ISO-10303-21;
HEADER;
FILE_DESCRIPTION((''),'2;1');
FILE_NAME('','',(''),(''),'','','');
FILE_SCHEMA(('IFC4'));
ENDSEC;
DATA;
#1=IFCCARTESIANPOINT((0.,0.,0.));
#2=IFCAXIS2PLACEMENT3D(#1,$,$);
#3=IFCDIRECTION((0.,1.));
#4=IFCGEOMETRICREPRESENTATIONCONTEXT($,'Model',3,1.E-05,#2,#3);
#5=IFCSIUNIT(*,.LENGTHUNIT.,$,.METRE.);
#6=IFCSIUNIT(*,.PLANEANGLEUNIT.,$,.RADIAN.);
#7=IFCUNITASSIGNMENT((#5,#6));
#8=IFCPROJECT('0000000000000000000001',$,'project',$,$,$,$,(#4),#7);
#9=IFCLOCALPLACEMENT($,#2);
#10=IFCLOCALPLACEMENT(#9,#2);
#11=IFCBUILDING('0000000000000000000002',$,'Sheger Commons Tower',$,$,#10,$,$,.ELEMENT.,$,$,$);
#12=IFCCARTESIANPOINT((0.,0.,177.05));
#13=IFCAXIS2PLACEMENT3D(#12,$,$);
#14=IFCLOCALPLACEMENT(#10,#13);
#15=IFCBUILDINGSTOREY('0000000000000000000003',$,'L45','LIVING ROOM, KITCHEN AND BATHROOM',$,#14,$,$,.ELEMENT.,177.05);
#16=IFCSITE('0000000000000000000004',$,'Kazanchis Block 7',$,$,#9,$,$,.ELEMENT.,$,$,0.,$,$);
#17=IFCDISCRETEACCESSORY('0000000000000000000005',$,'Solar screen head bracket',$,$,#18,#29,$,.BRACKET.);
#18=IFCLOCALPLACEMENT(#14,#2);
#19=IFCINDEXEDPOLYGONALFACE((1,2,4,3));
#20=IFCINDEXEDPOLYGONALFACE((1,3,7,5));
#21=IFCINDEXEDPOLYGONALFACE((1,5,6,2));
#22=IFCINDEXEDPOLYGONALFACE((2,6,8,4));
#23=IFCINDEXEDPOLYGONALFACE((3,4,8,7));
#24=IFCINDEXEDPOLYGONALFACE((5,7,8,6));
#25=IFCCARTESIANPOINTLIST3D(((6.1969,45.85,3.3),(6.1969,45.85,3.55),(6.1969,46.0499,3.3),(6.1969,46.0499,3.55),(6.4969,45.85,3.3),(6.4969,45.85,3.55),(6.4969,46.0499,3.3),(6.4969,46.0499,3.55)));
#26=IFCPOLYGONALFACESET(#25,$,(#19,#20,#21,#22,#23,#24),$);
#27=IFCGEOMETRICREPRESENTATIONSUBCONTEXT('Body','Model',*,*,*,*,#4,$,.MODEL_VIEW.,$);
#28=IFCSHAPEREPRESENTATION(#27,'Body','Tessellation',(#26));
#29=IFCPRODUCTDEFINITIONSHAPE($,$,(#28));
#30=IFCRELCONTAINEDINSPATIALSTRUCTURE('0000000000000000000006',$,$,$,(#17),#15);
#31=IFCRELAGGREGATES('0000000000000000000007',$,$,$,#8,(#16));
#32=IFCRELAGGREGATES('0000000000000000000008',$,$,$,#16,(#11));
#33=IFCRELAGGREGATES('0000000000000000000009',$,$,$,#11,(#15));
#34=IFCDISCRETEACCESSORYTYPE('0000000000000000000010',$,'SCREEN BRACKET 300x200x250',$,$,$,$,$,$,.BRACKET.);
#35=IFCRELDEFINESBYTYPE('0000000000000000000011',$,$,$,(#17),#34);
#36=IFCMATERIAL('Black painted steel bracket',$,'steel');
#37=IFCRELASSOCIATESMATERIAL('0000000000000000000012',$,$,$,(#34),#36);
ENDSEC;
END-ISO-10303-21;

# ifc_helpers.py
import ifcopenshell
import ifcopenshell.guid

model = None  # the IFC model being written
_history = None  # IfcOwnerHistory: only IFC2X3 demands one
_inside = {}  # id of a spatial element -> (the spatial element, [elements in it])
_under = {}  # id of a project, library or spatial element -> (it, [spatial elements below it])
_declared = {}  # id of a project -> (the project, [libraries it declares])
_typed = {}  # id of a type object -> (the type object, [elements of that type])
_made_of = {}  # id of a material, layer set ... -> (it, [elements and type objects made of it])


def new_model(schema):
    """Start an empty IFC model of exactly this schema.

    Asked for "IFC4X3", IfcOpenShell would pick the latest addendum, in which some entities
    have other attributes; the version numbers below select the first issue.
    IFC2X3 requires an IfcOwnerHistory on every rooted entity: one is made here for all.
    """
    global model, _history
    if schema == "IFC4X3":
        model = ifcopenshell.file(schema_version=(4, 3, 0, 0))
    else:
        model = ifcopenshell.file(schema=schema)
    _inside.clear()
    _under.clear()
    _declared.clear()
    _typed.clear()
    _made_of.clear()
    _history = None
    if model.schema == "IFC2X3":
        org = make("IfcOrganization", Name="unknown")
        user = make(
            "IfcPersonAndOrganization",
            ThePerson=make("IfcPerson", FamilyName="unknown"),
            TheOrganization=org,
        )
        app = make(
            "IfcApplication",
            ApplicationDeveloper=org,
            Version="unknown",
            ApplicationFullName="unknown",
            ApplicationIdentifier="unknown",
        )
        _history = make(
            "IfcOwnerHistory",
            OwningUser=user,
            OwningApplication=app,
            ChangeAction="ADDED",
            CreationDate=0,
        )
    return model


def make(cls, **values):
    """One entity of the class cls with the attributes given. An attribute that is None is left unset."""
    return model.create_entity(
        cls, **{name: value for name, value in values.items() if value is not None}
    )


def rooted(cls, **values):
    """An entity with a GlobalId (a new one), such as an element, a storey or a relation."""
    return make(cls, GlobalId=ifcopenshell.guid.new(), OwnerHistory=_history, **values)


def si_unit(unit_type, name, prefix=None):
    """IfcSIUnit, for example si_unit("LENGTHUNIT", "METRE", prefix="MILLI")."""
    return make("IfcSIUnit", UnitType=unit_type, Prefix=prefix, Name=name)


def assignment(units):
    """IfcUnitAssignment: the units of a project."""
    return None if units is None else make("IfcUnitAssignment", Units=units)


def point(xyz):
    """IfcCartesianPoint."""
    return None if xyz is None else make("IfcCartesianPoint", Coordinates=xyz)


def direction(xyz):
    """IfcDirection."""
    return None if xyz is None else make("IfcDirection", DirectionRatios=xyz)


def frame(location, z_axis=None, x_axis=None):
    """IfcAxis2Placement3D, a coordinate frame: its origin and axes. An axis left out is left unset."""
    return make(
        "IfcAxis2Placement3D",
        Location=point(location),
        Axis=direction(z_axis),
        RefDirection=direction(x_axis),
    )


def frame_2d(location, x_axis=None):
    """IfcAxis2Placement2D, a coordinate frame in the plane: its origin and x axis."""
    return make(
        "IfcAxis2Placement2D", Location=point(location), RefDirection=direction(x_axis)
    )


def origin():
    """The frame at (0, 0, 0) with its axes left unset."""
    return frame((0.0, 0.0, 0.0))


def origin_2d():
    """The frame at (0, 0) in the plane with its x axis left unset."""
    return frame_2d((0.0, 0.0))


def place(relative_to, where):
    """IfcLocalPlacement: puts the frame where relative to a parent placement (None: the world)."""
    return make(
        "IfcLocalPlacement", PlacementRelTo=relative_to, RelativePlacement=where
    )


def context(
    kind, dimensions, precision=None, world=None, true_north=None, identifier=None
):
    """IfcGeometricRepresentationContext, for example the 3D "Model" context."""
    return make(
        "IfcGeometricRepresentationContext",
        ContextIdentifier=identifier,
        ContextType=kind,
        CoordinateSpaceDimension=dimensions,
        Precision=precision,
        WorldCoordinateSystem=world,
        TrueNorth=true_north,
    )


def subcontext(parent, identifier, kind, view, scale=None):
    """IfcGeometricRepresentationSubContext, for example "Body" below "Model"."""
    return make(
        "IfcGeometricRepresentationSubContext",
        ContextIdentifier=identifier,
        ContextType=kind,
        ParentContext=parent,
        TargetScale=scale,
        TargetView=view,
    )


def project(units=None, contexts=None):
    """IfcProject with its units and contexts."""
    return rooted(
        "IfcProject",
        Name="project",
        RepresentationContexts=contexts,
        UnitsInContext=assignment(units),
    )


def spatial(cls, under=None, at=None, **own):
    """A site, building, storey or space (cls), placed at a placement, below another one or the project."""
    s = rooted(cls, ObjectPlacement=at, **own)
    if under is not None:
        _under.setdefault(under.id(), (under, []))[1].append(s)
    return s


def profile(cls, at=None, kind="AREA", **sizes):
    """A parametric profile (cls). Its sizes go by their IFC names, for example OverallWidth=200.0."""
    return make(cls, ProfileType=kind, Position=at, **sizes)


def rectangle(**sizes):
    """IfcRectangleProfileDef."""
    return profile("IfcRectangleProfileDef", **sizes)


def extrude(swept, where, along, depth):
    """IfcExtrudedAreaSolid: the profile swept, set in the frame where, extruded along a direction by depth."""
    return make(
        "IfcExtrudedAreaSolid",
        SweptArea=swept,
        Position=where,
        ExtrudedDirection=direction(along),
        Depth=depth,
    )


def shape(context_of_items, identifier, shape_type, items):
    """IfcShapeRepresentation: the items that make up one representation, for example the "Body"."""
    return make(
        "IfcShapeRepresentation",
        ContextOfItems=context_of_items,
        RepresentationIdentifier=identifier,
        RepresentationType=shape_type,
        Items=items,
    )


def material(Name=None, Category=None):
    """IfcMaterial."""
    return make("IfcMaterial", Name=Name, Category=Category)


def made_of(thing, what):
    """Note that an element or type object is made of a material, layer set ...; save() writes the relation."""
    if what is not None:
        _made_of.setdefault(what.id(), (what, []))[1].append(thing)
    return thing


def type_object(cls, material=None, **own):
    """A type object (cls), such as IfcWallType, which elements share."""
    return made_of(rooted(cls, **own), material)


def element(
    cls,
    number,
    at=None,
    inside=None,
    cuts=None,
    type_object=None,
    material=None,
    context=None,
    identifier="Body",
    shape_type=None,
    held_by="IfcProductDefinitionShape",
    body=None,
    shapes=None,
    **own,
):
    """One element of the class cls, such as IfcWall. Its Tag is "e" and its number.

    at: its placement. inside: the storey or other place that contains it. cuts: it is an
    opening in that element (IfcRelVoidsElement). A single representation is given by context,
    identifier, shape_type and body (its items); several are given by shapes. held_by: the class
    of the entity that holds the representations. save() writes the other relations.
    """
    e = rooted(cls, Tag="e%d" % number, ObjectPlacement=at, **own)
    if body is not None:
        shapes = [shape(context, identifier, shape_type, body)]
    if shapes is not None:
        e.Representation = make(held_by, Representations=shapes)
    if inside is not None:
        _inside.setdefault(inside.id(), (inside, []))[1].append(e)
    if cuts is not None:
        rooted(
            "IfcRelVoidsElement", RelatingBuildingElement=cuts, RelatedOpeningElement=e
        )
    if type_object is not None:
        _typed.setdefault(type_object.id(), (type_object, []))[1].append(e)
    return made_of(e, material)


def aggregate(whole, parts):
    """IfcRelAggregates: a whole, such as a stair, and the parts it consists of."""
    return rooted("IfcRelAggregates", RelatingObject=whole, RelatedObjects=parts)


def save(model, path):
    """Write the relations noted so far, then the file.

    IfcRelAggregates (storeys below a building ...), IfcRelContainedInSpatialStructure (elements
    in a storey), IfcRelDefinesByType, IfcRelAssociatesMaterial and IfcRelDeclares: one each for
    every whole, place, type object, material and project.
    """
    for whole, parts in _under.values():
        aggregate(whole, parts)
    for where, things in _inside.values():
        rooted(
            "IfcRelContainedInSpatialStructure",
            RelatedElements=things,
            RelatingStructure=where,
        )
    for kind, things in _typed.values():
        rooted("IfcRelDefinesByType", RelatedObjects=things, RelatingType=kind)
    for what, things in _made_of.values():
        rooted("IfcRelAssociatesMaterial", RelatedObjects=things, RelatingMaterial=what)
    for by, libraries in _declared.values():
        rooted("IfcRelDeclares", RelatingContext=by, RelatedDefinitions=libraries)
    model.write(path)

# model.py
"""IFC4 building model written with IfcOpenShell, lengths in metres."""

from ifc_helpers import new_model, si_unit, direction, frame, origin, origin_2d, place, context, subcontext, project, spatial, rectangle, extrude, material, type_object, element, save


model = new_model("IFC4")

# Units and contexts
model_context = context("Model", 3, precision=1e-05, world=origin(), true_north=direction((0.0, 1.0)))
body_context = subcontext(model_context, "Body", "Model", "MODEL_VIEW")
ifc_project = project(units=[si_unit("LENGTHUNIT", "METRE"), si_unit("PLANEANGLEUNIT", "RADIAN")], contexts=[model_context])

# Site, building, storey
site_placement = place(None, origin())
site = spatial("IfcSite", under=ifc_project, at=site_placement, Name="Kazanchis Block 7", CompositionType="ELEMENT", RefElevation=0.0)
building_placement = place(site_placement, origin())
building = spatial("IfcBuilding", under=site, at=building_placement, Name="Sheger Commons Tower", CompositionType="ELEMENT")
storey_placement = place(building_placement, frame((0.0, 0.0, 177.05)))
storey = spatial("IfcBuildingStorey", under=building, at=storey_placement, Name="L45", Description="LIVING ROOM, KITCHEN AND BATHROOM", CompositionType="ELEMENT", Elevation=177.05)

# Discrete accessory
ifc_material_1 = material(Name="Black painted steel bracket", Category="steel")
discrete_accessory_type = type_object("IfcDiscreteAccessoryType", Name="SCREEN BRACKET 300x200x250", PredefinedType="BRACKET", material=ifc_material_1)
for number, where, z_axis, x_axis, name in (
    (1, (6.3469, 45.95, 3.3), (0.0, 0.0, 1.0), (-1.0, 0.0, 0.0), "Solar screen head bracket"),
):
    element("IfcDiscreteAccessory", number, at=place(storey_placement, frame(where, z_axis=z_axis, x_axis=x_axis)), inside=storey, type_object=discrete_accessory_type, Name=name, PredefinedType="BRACKET", context=body_context, shape_type="SweptSolid", body=[
        extrude(rectangle(XDim=0.3, YDim=0.2, at=origin_2d()), origin(), (0.0, 0.0, 1.0), 0.25),
    ])

save(model, "model.ifc")
